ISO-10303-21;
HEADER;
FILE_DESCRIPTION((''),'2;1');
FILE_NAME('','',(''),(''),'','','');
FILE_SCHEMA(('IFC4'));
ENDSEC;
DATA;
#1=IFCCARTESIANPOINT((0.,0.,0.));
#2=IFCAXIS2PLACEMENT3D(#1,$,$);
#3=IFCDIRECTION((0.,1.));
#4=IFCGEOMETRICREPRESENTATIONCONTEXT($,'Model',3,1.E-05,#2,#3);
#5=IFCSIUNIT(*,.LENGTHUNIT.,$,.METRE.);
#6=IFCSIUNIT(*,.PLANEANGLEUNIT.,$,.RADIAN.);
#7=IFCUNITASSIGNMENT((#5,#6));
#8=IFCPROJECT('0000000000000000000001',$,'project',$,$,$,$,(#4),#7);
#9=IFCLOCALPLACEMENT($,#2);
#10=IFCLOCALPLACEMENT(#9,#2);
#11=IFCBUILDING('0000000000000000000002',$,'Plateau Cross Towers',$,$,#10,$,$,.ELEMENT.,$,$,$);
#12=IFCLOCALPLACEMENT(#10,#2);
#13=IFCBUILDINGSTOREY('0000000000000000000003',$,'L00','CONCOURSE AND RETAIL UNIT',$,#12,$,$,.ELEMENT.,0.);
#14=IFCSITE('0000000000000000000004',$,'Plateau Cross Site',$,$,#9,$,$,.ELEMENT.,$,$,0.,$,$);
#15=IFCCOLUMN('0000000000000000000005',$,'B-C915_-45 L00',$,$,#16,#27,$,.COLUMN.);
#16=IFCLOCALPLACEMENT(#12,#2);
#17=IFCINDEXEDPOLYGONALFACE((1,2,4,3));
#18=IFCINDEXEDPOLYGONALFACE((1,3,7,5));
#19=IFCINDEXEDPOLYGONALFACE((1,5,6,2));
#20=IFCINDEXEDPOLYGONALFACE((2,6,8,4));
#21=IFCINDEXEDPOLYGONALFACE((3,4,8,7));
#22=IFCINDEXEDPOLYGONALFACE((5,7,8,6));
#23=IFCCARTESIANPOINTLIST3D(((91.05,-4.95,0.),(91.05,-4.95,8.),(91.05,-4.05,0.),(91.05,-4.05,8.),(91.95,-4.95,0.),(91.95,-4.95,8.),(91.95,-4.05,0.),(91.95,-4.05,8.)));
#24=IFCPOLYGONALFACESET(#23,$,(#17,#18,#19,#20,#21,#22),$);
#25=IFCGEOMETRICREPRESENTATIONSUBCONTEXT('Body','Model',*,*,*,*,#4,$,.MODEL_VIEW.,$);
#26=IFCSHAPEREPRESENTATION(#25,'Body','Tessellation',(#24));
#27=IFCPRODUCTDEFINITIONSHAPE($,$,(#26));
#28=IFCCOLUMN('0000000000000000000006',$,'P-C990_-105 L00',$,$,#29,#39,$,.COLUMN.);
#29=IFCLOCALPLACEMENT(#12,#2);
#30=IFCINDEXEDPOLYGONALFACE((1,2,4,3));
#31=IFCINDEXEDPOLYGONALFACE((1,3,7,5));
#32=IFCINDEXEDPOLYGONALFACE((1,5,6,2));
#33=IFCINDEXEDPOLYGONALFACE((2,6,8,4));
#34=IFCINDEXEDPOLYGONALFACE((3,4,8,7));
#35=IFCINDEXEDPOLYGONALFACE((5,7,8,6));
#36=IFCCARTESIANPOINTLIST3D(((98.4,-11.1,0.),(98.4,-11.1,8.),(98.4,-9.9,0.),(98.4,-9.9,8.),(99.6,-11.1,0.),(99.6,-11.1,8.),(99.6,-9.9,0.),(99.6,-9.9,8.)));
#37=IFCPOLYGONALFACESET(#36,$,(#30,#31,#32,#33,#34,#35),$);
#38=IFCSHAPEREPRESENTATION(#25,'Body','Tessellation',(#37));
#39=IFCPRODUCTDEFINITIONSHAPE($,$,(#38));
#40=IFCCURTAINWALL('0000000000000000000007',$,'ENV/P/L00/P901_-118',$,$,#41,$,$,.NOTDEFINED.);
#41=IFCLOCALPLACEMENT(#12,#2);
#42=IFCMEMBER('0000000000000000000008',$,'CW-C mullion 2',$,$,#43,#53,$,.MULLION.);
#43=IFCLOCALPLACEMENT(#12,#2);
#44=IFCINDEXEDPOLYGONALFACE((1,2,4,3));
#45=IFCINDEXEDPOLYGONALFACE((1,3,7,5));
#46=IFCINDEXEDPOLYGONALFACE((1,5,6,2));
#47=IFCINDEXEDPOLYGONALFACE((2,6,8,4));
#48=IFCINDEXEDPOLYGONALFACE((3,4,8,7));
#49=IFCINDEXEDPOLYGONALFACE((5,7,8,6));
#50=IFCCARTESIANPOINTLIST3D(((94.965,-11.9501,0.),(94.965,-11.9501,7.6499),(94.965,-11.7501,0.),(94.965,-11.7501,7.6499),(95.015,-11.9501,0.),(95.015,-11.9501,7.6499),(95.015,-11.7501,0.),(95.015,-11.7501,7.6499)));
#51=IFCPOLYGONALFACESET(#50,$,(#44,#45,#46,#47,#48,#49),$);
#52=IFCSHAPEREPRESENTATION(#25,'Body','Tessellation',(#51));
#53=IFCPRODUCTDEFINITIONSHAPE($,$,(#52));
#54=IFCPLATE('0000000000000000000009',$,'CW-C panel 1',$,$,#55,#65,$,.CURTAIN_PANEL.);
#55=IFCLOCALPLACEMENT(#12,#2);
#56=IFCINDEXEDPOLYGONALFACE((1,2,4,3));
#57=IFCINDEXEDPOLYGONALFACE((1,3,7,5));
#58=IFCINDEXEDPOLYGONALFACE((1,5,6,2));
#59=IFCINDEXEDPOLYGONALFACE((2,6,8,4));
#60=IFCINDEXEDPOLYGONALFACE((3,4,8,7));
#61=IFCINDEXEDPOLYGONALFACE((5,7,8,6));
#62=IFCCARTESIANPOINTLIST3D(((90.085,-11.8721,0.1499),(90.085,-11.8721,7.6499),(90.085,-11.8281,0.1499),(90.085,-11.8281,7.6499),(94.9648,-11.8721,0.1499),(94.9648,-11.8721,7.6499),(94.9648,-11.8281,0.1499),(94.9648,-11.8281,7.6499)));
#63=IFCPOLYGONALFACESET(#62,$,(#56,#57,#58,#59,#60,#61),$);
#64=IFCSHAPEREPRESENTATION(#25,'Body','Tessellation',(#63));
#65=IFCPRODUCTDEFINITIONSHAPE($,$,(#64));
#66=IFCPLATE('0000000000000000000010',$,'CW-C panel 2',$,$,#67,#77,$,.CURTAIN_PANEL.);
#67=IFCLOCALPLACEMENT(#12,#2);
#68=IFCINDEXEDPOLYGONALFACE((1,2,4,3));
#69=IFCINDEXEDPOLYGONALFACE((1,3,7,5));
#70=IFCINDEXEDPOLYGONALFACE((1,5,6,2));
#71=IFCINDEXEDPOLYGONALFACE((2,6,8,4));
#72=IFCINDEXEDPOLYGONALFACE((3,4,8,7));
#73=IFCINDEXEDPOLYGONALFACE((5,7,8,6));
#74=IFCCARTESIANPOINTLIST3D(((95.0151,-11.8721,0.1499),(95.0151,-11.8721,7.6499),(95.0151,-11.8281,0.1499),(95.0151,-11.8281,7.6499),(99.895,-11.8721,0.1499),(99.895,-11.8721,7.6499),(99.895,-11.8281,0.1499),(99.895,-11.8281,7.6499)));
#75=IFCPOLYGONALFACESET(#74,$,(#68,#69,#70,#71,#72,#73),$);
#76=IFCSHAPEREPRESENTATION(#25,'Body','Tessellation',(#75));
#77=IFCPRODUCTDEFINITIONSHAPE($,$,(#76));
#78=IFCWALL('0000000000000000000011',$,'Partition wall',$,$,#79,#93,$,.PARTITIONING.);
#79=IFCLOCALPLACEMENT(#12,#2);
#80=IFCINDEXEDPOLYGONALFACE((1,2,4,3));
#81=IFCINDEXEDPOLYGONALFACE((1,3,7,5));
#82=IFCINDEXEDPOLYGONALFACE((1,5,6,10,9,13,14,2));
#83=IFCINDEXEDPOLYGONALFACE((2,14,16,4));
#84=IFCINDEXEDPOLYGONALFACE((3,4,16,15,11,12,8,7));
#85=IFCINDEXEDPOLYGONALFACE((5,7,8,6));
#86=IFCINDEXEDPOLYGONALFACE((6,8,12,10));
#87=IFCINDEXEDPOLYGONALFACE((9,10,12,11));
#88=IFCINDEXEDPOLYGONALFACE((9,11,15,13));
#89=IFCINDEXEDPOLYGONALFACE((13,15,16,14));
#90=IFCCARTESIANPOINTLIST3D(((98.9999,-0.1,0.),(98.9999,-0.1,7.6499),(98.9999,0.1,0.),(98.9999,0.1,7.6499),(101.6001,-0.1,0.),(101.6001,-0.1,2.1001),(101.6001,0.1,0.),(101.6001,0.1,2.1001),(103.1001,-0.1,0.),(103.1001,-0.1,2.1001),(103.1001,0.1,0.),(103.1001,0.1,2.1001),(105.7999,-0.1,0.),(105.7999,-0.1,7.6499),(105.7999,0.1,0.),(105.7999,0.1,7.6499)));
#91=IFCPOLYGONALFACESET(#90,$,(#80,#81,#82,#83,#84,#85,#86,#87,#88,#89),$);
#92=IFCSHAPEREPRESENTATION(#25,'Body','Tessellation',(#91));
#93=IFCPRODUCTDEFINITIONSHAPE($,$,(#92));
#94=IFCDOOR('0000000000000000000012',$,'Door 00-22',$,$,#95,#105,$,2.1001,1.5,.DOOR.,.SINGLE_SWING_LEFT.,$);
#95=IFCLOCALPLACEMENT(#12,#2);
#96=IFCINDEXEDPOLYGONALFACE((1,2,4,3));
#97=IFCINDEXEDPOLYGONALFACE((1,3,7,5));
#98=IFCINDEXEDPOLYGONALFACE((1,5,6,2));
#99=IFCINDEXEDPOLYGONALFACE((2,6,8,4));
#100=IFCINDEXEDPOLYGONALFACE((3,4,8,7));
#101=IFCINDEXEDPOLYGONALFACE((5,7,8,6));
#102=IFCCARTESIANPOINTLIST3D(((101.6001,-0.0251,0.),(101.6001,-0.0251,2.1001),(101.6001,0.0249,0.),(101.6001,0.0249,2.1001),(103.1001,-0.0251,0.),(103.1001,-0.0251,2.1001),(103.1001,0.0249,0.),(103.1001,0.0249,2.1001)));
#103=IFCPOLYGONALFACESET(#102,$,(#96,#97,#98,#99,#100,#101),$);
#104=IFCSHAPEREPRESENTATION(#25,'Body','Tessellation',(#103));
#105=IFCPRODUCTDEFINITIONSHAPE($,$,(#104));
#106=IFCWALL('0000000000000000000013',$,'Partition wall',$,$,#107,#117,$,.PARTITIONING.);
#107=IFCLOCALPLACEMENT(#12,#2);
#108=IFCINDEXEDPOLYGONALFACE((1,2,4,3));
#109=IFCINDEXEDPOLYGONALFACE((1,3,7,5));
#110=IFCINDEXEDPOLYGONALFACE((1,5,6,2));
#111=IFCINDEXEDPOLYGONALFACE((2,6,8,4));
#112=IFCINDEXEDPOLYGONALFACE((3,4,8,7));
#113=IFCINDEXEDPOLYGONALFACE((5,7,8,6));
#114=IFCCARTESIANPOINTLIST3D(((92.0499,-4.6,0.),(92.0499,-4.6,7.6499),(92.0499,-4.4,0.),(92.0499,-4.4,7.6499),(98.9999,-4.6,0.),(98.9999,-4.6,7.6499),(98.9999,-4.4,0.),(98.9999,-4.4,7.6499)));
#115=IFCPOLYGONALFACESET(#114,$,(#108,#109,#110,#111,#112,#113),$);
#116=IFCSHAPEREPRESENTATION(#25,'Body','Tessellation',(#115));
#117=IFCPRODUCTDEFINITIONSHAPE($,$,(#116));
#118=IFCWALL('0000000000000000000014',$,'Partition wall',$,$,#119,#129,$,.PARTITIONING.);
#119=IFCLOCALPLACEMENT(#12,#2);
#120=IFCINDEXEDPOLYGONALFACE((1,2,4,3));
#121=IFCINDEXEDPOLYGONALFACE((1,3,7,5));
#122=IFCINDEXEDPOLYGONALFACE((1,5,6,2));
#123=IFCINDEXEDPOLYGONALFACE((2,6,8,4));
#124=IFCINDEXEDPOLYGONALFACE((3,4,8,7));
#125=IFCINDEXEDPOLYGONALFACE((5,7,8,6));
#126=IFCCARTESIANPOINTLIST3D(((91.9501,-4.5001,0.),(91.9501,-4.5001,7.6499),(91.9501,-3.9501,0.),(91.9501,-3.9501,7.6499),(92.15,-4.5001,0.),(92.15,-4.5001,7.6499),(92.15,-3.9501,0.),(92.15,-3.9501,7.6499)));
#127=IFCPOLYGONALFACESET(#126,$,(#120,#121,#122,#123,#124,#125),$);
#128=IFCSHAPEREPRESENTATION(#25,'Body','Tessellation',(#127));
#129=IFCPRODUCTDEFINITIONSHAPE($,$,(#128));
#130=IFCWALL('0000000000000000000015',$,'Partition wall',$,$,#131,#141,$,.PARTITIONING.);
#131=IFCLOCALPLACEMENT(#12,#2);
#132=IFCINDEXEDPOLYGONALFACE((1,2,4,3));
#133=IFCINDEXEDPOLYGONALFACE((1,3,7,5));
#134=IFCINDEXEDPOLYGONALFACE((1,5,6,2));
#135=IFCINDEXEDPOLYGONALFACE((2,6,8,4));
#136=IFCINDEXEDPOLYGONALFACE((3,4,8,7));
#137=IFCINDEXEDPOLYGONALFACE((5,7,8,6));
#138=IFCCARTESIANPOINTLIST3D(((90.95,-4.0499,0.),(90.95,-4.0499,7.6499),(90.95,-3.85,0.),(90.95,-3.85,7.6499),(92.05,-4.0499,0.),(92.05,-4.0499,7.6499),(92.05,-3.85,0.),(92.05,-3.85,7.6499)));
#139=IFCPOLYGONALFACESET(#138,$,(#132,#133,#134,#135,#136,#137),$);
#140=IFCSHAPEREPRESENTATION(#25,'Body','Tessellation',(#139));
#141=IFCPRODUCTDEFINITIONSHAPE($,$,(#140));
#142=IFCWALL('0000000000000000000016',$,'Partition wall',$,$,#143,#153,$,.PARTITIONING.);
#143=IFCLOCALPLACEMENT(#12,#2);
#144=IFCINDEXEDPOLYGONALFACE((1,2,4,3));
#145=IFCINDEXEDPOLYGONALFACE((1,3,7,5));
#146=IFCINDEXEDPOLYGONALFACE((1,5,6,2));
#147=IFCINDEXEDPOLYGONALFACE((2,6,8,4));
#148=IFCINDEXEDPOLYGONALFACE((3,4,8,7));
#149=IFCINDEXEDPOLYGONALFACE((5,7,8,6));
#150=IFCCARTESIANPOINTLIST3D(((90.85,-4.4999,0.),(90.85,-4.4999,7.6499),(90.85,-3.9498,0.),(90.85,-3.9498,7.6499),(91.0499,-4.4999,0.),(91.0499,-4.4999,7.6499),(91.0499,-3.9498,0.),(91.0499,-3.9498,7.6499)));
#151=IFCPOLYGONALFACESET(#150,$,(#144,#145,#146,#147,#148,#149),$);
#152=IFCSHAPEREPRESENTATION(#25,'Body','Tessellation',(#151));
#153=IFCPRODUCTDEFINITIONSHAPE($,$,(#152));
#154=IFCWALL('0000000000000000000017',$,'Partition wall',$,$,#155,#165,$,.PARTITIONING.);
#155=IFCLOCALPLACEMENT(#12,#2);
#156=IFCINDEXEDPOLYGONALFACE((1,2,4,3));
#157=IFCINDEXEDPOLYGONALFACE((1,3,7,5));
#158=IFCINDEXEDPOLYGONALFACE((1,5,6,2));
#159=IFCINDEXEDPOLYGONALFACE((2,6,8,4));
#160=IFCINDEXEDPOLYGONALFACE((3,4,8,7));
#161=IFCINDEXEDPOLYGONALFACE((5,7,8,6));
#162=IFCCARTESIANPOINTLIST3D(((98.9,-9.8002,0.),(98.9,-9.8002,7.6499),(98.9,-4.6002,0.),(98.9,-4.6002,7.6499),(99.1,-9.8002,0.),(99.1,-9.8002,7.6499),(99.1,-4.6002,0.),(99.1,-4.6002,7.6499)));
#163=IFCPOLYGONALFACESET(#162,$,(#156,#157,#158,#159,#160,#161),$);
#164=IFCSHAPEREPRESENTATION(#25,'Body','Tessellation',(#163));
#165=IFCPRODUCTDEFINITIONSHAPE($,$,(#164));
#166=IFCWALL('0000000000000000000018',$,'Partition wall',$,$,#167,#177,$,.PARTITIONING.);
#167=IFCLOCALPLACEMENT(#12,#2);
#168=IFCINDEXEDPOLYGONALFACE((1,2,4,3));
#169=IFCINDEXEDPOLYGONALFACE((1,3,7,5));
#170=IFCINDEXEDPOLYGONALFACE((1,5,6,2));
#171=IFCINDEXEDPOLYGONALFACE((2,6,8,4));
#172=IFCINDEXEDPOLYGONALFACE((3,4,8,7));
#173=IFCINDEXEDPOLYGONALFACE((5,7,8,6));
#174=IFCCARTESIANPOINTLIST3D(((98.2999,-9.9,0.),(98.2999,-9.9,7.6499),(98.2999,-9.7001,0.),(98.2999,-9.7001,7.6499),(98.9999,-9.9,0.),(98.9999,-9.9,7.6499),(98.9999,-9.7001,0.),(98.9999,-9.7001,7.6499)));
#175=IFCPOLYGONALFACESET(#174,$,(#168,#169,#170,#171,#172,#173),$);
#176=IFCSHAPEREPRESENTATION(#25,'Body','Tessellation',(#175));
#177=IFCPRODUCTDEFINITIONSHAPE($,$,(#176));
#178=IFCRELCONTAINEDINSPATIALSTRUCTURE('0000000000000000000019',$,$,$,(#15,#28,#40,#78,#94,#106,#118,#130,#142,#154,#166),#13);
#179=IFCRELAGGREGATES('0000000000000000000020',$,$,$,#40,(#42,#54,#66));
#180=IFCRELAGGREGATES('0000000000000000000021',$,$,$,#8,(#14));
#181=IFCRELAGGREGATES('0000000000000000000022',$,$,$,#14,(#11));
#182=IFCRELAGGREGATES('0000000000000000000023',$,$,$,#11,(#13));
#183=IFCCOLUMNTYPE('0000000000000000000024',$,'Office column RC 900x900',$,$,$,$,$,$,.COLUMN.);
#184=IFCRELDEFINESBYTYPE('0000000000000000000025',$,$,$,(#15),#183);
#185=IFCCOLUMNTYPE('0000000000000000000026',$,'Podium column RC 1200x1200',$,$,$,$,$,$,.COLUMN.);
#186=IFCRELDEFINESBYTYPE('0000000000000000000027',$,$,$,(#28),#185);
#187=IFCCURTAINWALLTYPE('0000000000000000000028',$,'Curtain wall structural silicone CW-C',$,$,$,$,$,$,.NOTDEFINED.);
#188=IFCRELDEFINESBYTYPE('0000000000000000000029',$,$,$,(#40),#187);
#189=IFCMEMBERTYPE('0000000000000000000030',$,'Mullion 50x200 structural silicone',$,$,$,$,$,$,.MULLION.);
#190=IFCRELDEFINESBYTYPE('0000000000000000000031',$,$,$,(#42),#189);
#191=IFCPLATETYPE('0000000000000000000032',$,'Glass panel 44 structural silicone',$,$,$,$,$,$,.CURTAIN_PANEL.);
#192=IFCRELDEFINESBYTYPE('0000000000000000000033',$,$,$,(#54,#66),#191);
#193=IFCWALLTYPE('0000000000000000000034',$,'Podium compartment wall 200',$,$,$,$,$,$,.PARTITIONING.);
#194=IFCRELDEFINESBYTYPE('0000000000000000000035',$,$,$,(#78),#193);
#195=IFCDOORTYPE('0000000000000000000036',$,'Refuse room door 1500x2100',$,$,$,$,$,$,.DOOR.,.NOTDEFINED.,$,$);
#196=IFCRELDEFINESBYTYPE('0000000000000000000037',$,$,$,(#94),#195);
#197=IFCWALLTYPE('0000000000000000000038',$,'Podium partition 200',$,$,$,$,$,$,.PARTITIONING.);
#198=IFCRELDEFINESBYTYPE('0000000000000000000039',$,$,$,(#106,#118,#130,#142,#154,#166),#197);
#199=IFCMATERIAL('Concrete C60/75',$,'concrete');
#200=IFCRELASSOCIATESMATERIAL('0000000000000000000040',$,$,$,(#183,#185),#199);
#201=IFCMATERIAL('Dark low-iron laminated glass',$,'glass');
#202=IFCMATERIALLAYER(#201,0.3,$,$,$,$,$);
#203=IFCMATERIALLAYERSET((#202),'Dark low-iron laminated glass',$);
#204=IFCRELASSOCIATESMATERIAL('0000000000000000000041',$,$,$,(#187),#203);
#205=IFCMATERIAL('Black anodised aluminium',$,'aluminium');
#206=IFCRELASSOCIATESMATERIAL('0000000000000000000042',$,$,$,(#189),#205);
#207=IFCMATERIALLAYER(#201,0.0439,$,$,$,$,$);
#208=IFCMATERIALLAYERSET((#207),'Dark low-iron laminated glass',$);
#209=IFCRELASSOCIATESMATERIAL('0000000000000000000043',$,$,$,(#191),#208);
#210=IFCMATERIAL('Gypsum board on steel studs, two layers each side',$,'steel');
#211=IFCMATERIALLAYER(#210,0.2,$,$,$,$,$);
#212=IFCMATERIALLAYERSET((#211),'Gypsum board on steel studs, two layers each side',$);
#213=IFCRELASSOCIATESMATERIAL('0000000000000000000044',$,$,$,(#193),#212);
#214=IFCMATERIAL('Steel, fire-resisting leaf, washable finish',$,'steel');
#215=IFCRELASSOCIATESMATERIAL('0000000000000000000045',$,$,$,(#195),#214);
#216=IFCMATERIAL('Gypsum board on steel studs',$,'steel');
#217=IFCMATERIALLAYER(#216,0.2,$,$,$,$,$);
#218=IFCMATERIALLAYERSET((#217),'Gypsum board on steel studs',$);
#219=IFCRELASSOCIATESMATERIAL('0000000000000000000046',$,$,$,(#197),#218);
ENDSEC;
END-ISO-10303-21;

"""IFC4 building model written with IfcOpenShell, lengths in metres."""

from ifc_helpers import new_model, si_unit, direction, frame, frame_2d, origin, origin_2d, place, context, subcontext, project, spatial, rectangle, extrude, material, layer, layer_set, material_profile, profile_set, type_object, element, fill, aggregate, save


model = new_model("IFC4")

# Units and contexts
model_context = context("Model", 3, precision=1e-05, world=origin(), true_north=direction((0.0, 1.0)))
body_context = subcontext(model_context, "Body", "Model", "MODEL_VIEW")
ifc_project = project(units=[si_unit("LENGTHUNIT", "METRE"), si_unit("PLANEANGLEUNIT", "RADIAN")], contexts=[model_context])

# Site, building, storey
site_placement = place(None, origin())
site = spatial("IfcSite", under=ifc_project, at=site_placement, Name="Plateau Cross Site", CompositionType="ELEMENT", RefElevation=0.0)
building_placement = place(site_placement, origin())
building = spatial("IfcBuilding", under=site, at=building_placement, Name="Plateau Cross Towers", CompositionType="ELEMENT")
storey_placement = place(building_placement, origin())
storey = spatial("IfcBuildingStorey", under=building, at=storey_placement, Name="L00", Description="CONCOURSE AND RETAIL UNIT", CompositionType="ELEMENT", Elevation=0.0)

# Columns
ifc_material_1 = material(Name="Concrete C60/75", Category="concrete")
ifc_material_profile_1 = material_profile(ifc_material_1, rectangle(XDim=0.8999, YDim=0.8999, at=origin_2d()), Name="RC 900x900")
ifc_profile_set_1 = profile_set([ifc_material_profile_1], Name="Concrete C60/75")
column_type_1 = type_object("IfcColumnType", Name="Office column RC 900x900", PredefinedType="COLUMN", material=ifc_profile_set_1)
column_1_placement = place(storey_placement, frame((91.5, -4.5, 0.0), z_axis=(0.0, 0.0, 1.0), x_axis=(1.0, 0.0, 0.0)))
element("IfcColumn", 1, at=column_1_placement, inside=storey, type_object=column_type_1, Name="B-C915_-45 L00", PredefinedType="COLUMN", context=body_context, shape_type="SweptSolid", body=[
    extrude(rectangle(XDim=0.8999, YDim=0.8999, at=origin_2d()), origin(), (0.0, 0.0, 1.0), 8.0),
])
ifc_material_profile_2 = material_profile(ifc_material_1, rectangle(XDim=1.2, YDim=1.2, at=origin_2d()), Name="RC 1200x1200")
ifc_profile_set_2 = profile_set([ifc_material_profile_2], Name="Concrete C60/75")
column_type_2 = type_object("IfcColumnType", Name="Podium column RC 1200x1200", PredefinedType="COLUMN", material=ifc_profile_set_2)
column_2_placement = place(storey_placement, frame((99.0, -10.5, 0.0), z_axis=(0.0, 0.0, 1.0), x_axis=(1.0, 0.0, 0.0)))
element("IfcColumn", 2, at=column_2_placement, inside=storey, type_object=column_type_2, Name="P-C990_-105 L00", PredefinedType="COLUMN", context=body_context, shape_type="SweptSolid", body=[
    extrude(rectangle(XDim=1.2, YDim=1.2, at=origin_2d()), origin(), (0.0, 0.0, 1.0), 8.0),
])

# Curtain wall, member, plates
ifc_material_2 = material(Name="Dark low-iron laminated glass", Category="glass")
ifc_layer_1 = layer(ifc_material_2, 0.3)
ifc_layer_set_1 = layer_set([ifc_layer_1], Name="Dark low-iron laminated glass")
curtain_wall_type = type_object("IfcCurtainWallType", Name="Curtain wall structural silicone CW-C", PredefinedType="NOTDEFINED", material=ifc_layer_set_1)
curtain_wall_placement = place(storey_placement, origin())
curtain_wall = element("IfcCurtainWall", 3, at=curtain_wall_placement, inside=storey, type_object=curtain_wall_type, Name="ENV/P/L00/P901_-118", PredefinedType="NOTDEFINED")
ifc_material_3 = material(Name="Black anodised aluminium", Category="aluminium")
ifc_material_profile_3 = material_profile(ifc_material_3, rectangle(XDim=0.05, YDim=0.2, at=origin_2d()), Name="MULLION 50x200")
ifc_profile_set_3 = profile_set([ifc_material_profile_3], Name="Black anodised aluminium")
member_type = type_object("IfcMemberType", Name="Mullion 50x200 structural silicone", PredefinedType="MULLION", material=ifc_profile_set_3)
member_placement = place(storey_placement, frame((94.99, -11.8501, 0.0), z_axis=(0.0, 0.0, 1.0), x_axis=(1.0, 0.0, 0.0)))
member = element("IfcMember", 4, at=member_placement, type_object=member_type, Name="CW-C mullion 2", PredefinedType="MULLION", context=body_context, shape_type="SweptSolid", body=[
    extrude(rectangle(XDim=0.05, YDim=0.2, at=origin_2d()), origin(), (0.0, 0.0, 1.0), 7.6499),
])
ifc_layer_2 = layer(ifc_material_2, 0.0439)
ifc_layer_set_2 = layer_set([ifc_layer_2], Name="Dark low-iron laminated glass")
plate_type = type_object("IfcPlateType", Name="Glass panel 44 structural silicone", PredefinedType="CURTAIN_PANEL", material=ifc_layer_set_2)
plate_1_placement = place(storey_placement, frame((92.5249, -11.8501, 0.1499), z_axis=(0.0, 0.0, 1.0), x_axis=(1.0, 0.0, 0.0)))
plate_1 = element("IfcPlate", 5, at=plate_1_placement, type_object=plate_type, Name="CW-C panel 1", PredefinedType="CURTAIN_PANEL", context=body_context, shape_type="SweptSolid", body=[
    extrude(rectangle(XDim=4.8799, YDim=0.0439, at=origin_2d()), origin(), (0.0, 0.0, 1.0), 7.5),
])
plate_2_placement = place(storey_placement, frame((97.4551, -11.8501, 0.1499), z_axis=(0.0, 0.0, 1.0), x_axis=(1.0, 0.0, 0.0)))
plate_2 = element("IfcPlate", 6, at=plate_2_placement, type_object=plate_type, Name="CW-C panel 2", PredefinedType="CURTAIN_PANEL", context=body_context, shape_type="SweptSolid", body=[
    extrude(rectangle(XDim=4.8799, YDim=0.0439, at=origin_2d()), origin(), (0.0, 0.0, 1.0), 7.5),
])
aggregate(curtain_wall, [member, plate_1, plate_2])

# Wall, opening, door
ifc_material_4 = material(Name="Gypsum board on steel studs, two layers each side", Category="steel")
ifc_layer_3 = layer(ifc_material_4, 0.2)
ifc_layer_set_3 = layer_set([ifc_layer_3], Name="Gypsum board on steel studs, two layers each side")
wall_type_1 = type_object("IfcWallType", Name="Podium compartment wall 200", PredefinedType="PARTITIONING", material=ifc_layer_set_3)
wall_1_placement = place(storey_placement, frame((99.0, 0.0, 0.0), z_axis=(0.0, 0.0, 1.0), x_axis=(1.0, 0.0, 0.0)))
wall_1 = element("IfcWall", 7, at=wall_1_placement, inside=storey, type_object=wall_type_1, Name="Partition wall", PredefinedType="PARTITIONING", context=body_context, shape_type="SweptSolid", body=[
    extrude(rectangle(XDim=6.8, YDim=0.2, at=frame_2d((3.3999, 0.0))), origin(), (0.0, 0.0, 1.0), 7.6499),
])
opening_1_placement = place(wall_1_placement, frame((2.6001, 0.0, 0.0)))
opening_1 = element("IfcOpeningElement", 8, at=opening_1_placement, cuts=wall_1, PredefinedType="OPENING", context=body_context, shape_type="SweptSolid", body=[
    extrude(rectangle(XDim=1.5, YDim=2.1001, at=frame_2d((0.75, 1.05))), frame((0.0, 0.1099, 0.0), z_axis=(0.0, -1.0, 0.0), x_axis=(1.0, 0.0, 0.0)), (0.0, 0.0, 1.0), 0.22),
])
ifc_material_5 = material(Name="Steel, fire-resisting leaf, washable finish", Category="steel")
door_type_1 = type_object("IfcDoorType", Name="Refuse room door 1500x2100", OperationType="NOTDEFINED", PredefinedType="DOOR", material=ifc_material_5)
door_1_placement = place(opening_1_placement, origin())
door_1 = element("IfcDoor", 9, at=door_1_placement, inside=storey, type_object=door_type_1, Name="Door 00-22", OperationType="SINGLE_SWING_LEFT", OverallHeight=2.1001, OverallWidth=1.5, PredefinedType="DOOR", context=body_context, shape_type="SweptSolid", body=[
    extrude(rectangle(XDim=1.5, YDim=2.1001, at=frame_2d((0.75, 1.05))), frame((0.0, 0.0249, 0.0), z_axis=(0.0, -1.0, 0.0), x_axis=(1.0, 0.0, 0.0)), (0.0, 0.0, 1.0), 0.05),
])
fill(opening_1, door_1)

# Walls
ifc_material_6 = material(Name="Gypsum board on steel studs", Category="steel")
ifc_layer_4 = layer(ifc_material_6, 0.2)
ifc_layer_set_4 = layer_set([ifc_layer_4], Name="Gypsum board on steel studs")
wall_type_2 = type_object("IfcWallType", Name="Podium partition 200", PredefinedType="PARTITIONING", material=ifc_layer_set_4)
wall_2_placement = place(storey_placement, frame((99.0, -4.5, 0.0), z_axis=(0.0, 0.0, 1.0), x_axis=(-1.0, 0.0, 0.0)))
element("IfcWall", 10, at=wall_2_placement, inside=storey, type_object=wall_type_2, Name="Partition wall", PredefinedType="PARTITIONING", context=body_context, shape_type="SweptSolid", body=[
    extrude(rectangle(XDim=6.95, YDim=0.2, at=frame_2d((3.4751, 0.0))), origin(), (0.0, 0.0, 1.0), 7.6499),
])
wall_3_placement = place(storey_placement, frame((92.05, -4.5, 0.0), z_axis=(0.0, 0.0, 1.0), x_axis=(0.0, 1.0, 0.0)))
element("IfcWall", 11, at=wall_3_placement, inside=storey, type_object=wall_type_2, Name="Partition wall", PredefinedType="PARTITIONING", context=body_context, shape_type="SweptSolid", body=[
    extrude(rectangle(XDim=0.55, YDim=0.2, at=frame_2d((0.2749, 0.0))), origin(), (0.0, 0.0, 1.0), 7.6499),
])
wall_4_placement = place(storey_placement, frame((92.05, -3.95, 0.0), z_axis=(0.0, 0.0, 1.0), x_axis=(-1.0, 0.0, 0.0)))
element("IfcWall", 12, at=wall_4_placement, inside=storey, type_object=wall_type_2, Name="Partition wall", PredefinedType="PARTITIONING", context=body_context, shape_type="SweptSolid", body=[
    extrude(rectangle(XDim=1.1001, YDim=0.2, at=frame_2d((0.55, 0.0))), origin(), (0.0, 0.0, 1.0), 7.6499),
])
wall_5_placement = place(storey_placement, frame((90.95, -3.95, 0.0), z_axis=(0.0, 0.0, 1.0), x_axis=(0.0, -1.0, 0.0)))
element("IfcWall", 13, at=wall_5_placement, inside=storey, type_object=wall_type_2, Name="Partition wall", PredefinedType="PARTITIONING", context=body_context, shape_type="SweptSolid", body=[
    extrude(rectangle(XDim=0.55, YDim=0.2, at=frame_2d((0.2749, 0.0))), origin(), (0.0, 0.0, 1.0), 7.6499),
])
wall_6_placement = place(storey_placement, frame((99.0, -4.6001, 0.0), z_axis=(0.0, 0.0, 1.0), x_axis=(0.0, -1.0, 0.0)))
element("IfcWall", 14, at=wall_6_placement, inside=storey, type_object=wall_type_2, Name="Partition wall", PredefinedType="PARTITIONING", context=body_context, shape_type="SweptSolid", body=[
    extrude(rectangle(XDim=5.2, YDim=0.2, at=frame_2d((2.6001, 0.0))), origin(), (0.0, 0.0, 1.0), 7.6499),
])
wall_7_placement = place(storey_placement, frame((99.0, -9.8, 0.0), z_axis=(0.0, 0.0, 1.0), x_axis=(-1.0, 0.0, 0.0)))
element("IfcWall", 15, at=wall_7_placement, inside=storey, type_object=wall_type_2, Name="Partition wall", PredefinedType="PARTITIONING", context=body_context, shape_type="SweptSolid", body=[
    extrude(rectangle(XDim=0.7, YDim=0.2, at=frame_2d((0.3501, 0.0))), origin(), (0.0, 0.0, 1.0), 7.6499),
])

save(model, "model.ifc")
